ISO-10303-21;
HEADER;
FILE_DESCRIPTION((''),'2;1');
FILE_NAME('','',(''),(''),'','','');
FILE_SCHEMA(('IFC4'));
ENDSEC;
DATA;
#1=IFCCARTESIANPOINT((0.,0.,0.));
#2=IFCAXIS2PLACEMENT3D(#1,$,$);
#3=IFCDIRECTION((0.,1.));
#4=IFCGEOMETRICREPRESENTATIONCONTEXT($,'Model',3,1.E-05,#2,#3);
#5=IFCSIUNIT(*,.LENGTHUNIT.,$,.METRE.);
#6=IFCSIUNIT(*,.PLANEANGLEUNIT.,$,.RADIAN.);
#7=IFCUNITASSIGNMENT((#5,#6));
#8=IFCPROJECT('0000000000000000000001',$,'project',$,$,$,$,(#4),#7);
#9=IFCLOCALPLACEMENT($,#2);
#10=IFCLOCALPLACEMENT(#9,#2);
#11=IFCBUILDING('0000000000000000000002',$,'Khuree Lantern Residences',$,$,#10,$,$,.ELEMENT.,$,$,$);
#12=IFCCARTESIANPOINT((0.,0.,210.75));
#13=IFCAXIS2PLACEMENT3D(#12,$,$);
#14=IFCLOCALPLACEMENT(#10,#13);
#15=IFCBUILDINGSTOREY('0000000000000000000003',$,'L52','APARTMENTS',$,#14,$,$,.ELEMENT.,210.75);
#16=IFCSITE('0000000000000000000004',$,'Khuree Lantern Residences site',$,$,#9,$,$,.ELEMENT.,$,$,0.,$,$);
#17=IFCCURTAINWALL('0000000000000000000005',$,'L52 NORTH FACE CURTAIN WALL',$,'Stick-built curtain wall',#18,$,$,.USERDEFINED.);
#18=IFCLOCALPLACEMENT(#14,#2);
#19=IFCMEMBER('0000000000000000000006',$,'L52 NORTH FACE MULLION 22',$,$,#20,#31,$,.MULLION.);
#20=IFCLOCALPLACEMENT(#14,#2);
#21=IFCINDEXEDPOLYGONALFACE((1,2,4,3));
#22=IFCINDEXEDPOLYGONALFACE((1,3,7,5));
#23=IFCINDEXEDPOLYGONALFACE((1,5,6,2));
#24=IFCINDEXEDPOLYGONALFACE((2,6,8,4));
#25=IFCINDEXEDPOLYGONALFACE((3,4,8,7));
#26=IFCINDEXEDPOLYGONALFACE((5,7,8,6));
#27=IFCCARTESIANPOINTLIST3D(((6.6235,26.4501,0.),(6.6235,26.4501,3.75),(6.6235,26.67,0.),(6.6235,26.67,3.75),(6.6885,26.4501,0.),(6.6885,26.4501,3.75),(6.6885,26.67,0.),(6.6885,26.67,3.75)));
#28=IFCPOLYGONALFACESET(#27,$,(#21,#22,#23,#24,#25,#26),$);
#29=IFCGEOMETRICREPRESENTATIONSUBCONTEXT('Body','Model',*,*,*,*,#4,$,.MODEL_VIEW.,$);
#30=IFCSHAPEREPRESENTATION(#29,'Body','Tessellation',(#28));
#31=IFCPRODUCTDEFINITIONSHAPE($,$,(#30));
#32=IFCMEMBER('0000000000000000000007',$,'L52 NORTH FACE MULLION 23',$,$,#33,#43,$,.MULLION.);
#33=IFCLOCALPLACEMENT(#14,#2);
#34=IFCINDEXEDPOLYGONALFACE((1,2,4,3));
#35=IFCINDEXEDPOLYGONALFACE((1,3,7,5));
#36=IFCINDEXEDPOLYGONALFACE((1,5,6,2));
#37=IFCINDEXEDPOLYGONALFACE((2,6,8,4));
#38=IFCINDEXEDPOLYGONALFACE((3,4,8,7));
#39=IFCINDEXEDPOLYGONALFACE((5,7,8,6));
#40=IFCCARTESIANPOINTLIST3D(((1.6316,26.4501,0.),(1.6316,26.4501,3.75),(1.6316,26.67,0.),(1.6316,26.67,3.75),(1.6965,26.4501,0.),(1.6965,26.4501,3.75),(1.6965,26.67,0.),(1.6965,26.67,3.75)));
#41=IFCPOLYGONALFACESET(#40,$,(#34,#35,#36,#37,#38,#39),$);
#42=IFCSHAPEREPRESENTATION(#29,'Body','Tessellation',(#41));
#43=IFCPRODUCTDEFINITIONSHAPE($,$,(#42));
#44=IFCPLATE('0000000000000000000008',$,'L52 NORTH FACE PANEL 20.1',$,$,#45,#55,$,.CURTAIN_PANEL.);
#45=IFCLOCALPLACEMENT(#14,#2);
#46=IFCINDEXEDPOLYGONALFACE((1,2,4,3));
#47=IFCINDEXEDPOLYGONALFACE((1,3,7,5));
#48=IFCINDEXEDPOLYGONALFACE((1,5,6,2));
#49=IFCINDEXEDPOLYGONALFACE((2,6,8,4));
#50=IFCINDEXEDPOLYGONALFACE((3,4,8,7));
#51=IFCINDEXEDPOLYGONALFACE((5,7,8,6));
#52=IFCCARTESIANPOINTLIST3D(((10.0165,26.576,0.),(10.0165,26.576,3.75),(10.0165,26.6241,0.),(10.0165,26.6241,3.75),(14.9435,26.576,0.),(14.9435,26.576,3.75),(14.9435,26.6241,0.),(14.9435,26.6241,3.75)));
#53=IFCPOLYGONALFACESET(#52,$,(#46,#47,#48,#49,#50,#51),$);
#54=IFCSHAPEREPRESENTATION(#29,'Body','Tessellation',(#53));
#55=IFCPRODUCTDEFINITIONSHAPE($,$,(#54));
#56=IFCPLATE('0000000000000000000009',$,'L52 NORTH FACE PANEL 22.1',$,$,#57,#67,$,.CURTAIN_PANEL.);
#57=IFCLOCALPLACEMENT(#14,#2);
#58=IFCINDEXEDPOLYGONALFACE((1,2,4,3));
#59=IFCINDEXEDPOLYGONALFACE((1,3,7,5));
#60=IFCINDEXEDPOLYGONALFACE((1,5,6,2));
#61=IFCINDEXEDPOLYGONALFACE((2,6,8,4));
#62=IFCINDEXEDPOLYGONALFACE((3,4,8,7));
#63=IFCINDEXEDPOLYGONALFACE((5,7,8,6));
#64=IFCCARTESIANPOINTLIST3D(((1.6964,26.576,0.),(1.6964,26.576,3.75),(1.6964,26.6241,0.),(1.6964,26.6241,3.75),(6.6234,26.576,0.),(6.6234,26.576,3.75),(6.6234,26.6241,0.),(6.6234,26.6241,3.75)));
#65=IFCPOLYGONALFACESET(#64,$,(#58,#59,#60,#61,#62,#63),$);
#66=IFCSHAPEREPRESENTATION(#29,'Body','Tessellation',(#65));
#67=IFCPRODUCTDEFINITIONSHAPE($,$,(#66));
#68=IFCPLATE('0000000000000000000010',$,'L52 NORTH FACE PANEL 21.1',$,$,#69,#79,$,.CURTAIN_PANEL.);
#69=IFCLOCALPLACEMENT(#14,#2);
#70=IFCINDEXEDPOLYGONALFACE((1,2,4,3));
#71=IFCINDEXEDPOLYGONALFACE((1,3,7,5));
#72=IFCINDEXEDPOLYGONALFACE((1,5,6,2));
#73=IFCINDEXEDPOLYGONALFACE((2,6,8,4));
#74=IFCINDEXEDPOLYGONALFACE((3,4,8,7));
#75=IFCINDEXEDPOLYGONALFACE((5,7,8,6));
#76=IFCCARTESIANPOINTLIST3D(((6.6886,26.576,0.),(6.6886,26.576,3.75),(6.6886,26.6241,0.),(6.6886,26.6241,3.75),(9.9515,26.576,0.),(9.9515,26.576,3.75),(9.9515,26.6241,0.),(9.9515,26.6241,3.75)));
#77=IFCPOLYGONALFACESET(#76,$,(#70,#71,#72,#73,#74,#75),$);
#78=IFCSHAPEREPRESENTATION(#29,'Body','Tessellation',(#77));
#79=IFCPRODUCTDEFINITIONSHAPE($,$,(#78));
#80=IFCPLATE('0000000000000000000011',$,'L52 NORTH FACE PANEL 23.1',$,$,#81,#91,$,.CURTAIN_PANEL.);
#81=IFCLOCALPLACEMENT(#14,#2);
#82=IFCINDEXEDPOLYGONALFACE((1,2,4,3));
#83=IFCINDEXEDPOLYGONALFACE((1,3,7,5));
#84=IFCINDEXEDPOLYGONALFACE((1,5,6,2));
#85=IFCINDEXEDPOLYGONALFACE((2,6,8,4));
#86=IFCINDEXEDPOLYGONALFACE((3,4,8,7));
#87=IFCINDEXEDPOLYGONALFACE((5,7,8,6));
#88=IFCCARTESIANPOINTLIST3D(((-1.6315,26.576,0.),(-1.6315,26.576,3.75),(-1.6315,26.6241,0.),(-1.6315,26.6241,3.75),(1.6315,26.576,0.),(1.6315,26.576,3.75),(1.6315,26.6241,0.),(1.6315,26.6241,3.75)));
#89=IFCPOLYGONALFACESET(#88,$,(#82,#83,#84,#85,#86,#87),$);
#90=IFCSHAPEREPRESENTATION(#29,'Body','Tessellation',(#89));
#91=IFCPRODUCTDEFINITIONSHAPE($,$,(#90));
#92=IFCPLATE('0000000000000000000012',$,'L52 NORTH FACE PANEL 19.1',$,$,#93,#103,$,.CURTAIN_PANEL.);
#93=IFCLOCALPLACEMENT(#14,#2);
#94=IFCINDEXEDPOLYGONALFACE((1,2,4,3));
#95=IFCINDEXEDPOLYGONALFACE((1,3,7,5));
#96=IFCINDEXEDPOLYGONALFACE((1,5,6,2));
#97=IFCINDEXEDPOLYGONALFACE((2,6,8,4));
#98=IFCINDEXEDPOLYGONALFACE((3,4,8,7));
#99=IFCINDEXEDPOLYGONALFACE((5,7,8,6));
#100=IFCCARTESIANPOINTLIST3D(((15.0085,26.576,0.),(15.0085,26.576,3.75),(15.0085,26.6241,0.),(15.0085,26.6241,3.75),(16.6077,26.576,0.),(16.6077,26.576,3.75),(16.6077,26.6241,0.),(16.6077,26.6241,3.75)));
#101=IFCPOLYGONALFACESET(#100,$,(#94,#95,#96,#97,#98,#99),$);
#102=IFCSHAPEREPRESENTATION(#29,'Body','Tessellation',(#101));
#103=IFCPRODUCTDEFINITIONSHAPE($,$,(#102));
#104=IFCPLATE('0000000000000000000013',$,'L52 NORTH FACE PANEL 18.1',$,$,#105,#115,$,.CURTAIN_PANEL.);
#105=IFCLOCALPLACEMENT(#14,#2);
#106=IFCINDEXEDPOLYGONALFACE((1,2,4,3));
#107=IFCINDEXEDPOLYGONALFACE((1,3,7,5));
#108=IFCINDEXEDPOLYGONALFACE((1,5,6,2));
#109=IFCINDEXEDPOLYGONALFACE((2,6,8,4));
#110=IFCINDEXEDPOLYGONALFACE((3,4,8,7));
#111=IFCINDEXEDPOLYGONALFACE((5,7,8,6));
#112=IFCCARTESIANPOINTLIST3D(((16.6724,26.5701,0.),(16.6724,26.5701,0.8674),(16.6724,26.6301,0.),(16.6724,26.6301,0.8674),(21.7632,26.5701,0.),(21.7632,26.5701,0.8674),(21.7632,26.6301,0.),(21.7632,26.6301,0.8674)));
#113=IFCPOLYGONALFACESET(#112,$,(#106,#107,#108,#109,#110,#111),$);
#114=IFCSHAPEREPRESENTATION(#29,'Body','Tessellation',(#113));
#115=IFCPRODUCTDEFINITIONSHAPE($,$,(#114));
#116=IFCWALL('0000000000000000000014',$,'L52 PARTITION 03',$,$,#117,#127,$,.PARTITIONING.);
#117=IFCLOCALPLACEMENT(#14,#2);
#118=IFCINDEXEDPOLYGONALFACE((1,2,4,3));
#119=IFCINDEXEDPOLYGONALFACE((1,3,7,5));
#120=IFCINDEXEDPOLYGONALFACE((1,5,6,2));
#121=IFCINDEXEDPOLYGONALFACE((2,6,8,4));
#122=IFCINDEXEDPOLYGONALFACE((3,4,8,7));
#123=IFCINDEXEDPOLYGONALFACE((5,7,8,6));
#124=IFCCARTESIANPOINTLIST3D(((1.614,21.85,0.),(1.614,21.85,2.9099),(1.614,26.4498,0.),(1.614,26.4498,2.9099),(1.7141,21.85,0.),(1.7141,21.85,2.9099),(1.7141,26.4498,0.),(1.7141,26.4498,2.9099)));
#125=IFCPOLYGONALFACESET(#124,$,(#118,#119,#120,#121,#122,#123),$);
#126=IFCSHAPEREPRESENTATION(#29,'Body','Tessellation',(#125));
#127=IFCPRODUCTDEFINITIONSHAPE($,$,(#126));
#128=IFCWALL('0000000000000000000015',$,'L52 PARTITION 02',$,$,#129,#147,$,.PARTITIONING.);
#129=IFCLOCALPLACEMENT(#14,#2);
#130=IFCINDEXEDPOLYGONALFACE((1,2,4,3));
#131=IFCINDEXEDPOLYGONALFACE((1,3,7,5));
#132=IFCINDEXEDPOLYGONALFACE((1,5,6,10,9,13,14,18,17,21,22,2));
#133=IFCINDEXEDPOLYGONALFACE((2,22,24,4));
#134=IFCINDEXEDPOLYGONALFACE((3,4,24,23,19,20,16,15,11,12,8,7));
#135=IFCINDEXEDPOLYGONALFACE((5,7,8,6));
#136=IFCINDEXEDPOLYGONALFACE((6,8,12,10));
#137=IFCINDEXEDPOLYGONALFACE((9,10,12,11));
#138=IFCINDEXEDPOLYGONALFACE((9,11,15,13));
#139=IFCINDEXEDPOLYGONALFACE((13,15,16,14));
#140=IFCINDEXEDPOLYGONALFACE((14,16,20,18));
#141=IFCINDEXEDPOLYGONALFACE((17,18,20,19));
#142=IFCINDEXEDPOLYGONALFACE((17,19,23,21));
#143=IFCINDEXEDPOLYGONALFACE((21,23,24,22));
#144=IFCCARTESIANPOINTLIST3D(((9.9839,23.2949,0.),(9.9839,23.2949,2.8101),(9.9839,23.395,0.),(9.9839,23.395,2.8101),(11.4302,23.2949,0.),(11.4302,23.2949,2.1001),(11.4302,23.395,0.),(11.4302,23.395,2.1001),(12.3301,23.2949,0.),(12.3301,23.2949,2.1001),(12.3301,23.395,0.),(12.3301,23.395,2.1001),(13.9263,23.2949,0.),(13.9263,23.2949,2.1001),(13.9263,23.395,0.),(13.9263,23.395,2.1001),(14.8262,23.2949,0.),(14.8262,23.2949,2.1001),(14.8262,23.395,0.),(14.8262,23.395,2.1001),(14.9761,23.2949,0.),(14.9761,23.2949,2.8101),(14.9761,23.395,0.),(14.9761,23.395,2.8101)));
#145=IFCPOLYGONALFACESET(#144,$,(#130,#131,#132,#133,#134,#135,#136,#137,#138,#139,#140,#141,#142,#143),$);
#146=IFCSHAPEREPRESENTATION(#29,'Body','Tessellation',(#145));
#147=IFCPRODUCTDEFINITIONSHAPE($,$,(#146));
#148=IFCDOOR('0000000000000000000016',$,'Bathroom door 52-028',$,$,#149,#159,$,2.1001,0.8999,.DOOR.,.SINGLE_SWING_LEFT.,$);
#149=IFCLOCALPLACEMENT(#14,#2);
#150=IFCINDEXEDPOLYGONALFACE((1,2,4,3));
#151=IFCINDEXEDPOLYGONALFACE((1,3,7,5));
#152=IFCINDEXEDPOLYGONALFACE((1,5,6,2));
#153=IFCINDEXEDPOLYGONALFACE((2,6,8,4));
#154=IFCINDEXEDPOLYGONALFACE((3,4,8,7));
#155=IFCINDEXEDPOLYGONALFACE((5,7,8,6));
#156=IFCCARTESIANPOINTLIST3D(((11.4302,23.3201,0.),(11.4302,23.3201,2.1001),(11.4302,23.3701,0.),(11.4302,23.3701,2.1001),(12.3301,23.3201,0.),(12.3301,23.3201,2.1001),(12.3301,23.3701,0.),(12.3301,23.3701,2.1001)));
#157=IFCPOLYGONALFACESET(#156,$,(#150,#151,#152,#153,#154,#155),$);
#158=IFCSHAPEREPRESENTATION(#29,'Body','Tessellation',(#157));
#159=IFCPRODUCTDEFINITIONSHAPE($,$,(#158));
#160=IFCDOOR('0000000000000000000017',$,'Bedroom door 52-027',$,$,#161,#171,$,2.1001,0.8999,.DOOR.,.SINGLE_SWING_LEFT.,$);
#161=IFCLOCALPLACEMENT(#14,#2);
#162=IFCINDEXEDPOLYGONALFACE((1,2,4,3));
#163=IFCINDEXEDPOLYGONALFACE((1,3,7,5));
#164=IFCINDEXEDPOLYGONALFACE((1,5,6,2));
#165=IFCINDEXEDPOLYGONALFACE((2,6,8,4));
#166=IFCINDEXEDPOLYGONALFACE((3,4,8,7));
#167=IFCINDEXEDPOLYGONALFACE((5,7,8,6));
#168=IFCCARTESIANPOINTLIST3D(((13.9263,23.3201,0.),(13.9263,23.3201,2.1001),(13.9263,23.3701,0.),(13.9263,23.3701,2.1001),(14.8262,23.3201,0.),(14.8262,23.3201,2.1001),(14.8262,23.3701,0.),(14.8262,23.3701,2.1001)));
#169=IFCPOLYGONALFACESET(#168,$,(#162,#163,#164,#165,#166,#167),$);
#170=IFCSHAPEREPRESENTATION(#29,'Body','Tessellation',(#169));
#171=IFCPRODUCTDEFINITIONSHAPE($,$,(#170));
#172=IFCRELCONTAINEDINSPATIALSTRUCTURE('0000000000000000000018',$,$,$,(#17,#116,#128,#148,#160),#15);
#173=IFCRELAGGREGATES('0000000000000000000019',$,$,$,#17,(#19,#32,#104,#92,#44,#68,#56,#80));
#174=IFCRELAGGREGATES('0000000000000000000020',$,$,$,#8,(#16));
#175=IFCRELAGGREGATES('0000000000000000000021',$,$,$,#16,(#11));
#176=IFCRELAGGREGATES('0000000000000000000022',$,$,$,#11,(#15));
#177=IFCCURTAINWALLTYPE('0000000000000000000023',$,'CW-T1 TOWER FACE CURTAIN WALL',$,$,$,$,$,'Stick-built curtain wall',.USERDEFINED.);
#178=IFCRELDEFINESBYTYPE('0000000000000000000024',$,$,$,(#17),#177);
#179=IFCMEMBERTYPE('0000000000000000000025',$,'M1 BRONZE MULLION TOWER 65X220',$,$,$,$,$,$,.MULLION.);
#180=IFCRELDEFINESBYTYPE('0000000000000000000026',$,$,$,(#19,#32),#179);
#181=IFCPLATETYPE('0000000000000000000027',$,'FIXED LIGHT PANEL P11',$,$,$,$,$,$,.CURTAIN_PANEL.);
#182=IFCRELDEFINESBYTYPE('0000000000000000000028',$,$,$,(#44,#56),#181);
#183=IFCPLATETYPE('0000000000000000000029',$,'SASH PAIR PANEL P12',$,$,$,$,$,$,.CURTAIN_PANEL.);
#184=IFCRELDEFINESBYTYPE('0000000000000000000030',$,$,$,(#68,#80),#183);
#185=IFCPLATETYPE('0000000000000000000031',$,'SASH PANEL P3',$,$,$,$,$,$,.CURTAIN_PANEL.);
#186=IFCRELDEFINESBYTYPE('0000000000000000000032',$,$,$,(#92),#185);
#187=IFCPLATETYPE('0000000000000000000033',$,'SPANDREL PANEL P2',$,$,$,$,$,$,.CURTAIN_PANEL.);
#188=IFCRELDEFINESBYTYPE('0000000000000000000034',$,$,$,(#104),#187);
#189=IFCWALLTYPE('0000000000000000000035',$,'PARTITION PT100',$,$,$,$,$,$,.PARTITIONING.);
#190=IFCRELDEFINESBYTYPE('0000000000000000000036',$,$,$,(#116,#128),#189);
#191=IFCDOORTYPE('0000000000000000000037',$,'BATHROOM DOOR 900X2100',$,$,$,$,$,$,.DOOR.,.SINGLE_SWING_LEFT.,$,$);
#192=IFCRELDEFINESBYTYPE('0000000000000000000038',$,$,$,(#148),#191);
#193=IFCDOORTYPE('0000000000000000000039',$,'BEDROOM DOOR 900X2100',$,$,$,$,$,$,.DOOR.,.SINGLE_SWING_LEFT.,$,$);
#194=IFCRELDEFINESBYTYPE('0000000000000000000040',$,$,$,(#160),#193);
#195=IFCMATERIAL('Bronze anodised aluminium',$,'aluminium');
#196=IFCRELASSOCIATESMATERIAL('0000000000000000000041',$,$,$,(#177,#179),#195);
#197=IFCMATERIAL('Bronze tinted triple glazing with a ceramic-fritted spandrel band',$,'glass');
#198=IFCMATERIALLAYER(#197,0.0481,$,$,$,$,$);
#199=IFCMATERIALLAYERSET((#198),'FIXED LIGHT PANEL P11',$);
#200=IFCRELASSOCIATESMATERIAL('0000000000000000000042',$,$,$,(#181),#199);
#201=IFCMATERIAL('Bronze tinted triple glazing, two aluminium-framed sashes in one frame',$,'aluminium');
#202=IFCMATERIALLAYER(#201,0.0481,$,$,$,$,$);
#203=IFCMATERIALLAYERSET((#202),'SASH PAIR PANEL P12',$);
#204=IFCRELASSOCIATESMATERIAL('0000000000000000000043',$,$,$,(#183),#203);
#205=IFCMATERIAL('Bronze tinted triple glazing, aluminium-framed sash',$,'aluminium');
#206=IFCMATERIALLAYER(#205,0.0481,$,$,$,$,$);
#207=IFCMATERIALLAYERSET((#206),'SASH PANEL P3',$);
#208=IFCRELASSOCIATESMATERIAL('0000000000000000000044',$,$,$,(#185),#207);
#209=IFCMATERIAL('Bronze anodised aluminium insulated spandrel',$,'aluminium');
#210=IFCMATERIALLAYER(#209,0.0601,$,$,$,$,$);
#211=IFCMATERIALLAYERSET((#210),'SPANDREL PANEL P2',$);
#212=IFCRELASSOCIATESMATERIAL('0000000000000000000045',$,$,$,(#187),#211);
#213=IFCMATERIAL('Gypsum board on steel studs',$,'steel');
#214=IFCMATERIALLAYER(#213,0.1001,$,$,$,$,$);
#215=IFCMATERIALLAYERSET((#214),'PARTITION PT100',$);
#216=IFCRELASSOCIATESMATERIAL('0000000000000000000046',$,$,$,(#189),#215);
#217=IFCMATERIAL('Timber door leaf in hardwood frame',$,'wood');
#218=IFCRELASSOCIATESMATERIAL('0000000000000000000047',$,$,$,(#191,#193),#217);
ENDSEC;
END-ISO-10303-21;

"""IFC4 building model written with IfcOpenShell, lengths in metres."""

from ifc_helpers import new_model, si_unit, direction, frame, frame_2d, origin, origin_2d, place, context, subcontext, project, spatial, rectangle, extrude, material, layer, layer_set, material_profile, profile_set, type_object, element, fill, aggregate, save


model = new_model("IFC4")

# Units and contexts
model_context = context("Model", 3, precision=1e-05, world=origin(), true_north=direction((0.0, 1.0)))
body_context = subcontext(model_context, "Body", "Model", "MODEL_VIEW")
ifc_project = project(units=[si_unit("LENGTHUNIT", "METRE"), si_unit("PLANEANGLEUNIT", "RADIAN")], contexts=[model_context])

# Site, building, storey
site_placement = place(None, origin())
site = spatial("IfcSite", under=ifc_project, at=site_placement, Name="Khuree Lantern Residences site", CompositionType="ELEMENT", RefElevation=0.0)
building_placement = place(site_placement, origin())
building = spatial("IfcBuilding", under=site, at=building_placement, Name="Khuree Lantern Residences", CompositionType="ELEMENT")
storey_placement = place(building_placement, frame((0.0, 0.0, 210.75)))
storey = spatial("IfcBuildingStorey", under=building, at=storey_placement, Name="L52", Description="APARTMENTS", CompositionType="ELEMENT", Elevation=210.75)

# Curtain wall
ifc_material_1 = material(Name="Bronze anodised aluminium", Category="aluminium")
curtain_wall_type = type_object("IfcCurtainWallType", Name="CW-T1 TOWER FACE CURTAIN WALL", ElementType="Stick-built curtain wall", PredefinedType="USERDEFINED", material=ifc_material_1)
curtain_wall_placement = place(storey_placement, origin())
curtain_wall = element("IfcCurtainWall", 1, at=curtain_wall_placement, inside=storey, type_object=curtain_wall_type, Name="L52 NORTH FACE CURTAIN WALL", ObjectType="Stick-built curtain wall", PredefinedType="USERDEFINED")

# Members
ifc_material_profile_1 = material_profile(ifc_material_1, rectangle(XDim=0.0649, YDim=0.22, at=origin_2d()), Name="M1 65X220")
ifc_profile_set_1 = profile_set([ifc_material_profile_1], Name="Bronze anodised aluminium")
member_type_1 = type_object("IfcMemberType", Name="M1 BRONZE MULLION TOWER 65X220", PredefinedType="MULLION", material=ifc_profile_set_1)
member_1_placement = place(storey_placement, frame((6.656, 26.5601, 0.0), z_axis=(0.0, 0.0, 1.0), x_axis=(-1.0, 0.0, 0.0)))
member_1 = element("IfcMember", 2, at=member_1_placement, type_object=member_type_1, Name="L52 NORTH FACE MULLION 22", PredefinedType="MULLION", context=body_context, shape_type="SweptSolid", body=[
    extrude(rectangle(XDim=0.0649, YDim=0.22, at=origin_2d()), origin(), (0.0, 0.0, 1.0), 3.75),
])
member_2_placement = place(storey_placement, frame((1.6641, 26.5601, 0.0), z_axis=(0.0, 0.0, 1.0), x_axis=(-1.0, 0.0, 0.0)))
member_2 = element("IfcMember", 3, at=member_2_placement, type_object=member_type_1, Name="L52 NORTH FACE MULLION 23", PredefinedType="MULLION", context=body_context, shape_type="SweptSolid", body=[
    extrude(rectangle(XDim=0.0649, YDim=0.22, at=origin_2d()), origin(), (0.0, 0.0, 1.0), 3.75),
])

# Plates
ifc_material_2 = material(Name="Bronze tinted triple glazing with a ceramic-fritted spandrel band", Category="glass")
ifc_layer_1 = layer(ifc_material_2, 0.0481)
ifc_layer_set_1 = layer_set([ifc_layer_1], Name="FIXED LIGHT PANEL P11")
plate_type_1 = type_object("IfcPlateType", Name="FIXED LIGHT PANEL P11", PredefinedType="CURTAIN_PANEL", material=ifc_layer_set_1)
plate_1_placement = place(storey_placement, frame((12.48, 26.6001, 0.0), z_axis=(0.0, 0.0, 1.0), x_axis=(-1.0, 0.0, 0.0)))
plate_1 = element("IfcPlate", 4, at=plate_1_placement, type_object=plate_type_1, Name="L52 NORTH FACE PANEL 20.1", PredefinedType="CURTAIN_PANEL", context=body_context, shape_type="SweptSolid", body=[
    extrude(rectangle(XDim=4.927, YDim=0.0481, at=origin_2d()), origin(), (0.0, 0.0, 1.0), 3.75),
])
plate_2_placement = place(storey_placement, frame((4.1599, 26.6001, 0.0), z_axis=(0.0, 0.0, 1.0), x_axis=(-1.0, 0.0, 0.0)))
plate_2 = element("IfcPlate", 5, at=plate_2_placement, type_object=plate_type_1, Name="L52 NORTH FACE PANEL 22.1", PredefinedType="CURTAIN_PANEL", context=body_context, shape_type="SweptSolid", body=[
    extrude(rectangle(XDim=4.927, YDim=0.0481, at=origin_2d()), origin(), (0.0, 0.0, 1.0), 3.75),
])
ifc_material_3 = material(Name="Bronze tinted triple glazing, two aluminium-framed sashes in one frame", Category="aluminium")
ifc_layer_2 = layer(ifc_material_3, 0.0481)
ifc_layer_set_2 = layer_set([ifc_layer_2], Name="SASH PAIR PANEL P12")
plate_type_2 = type_object("IfcPlateType", Name="SASH PAIR PANEL P12", PredefinedType="CURTAIN_PANEL", material=ifc_layer_set_2)
plate_3_placement = place(storey_placement, frame((8.3201, 26.6001, 0.0), z_axis=(0.0, 0.0, 1.0), x_axis=(-1.0, 0.0, 0.0)))
plate_3 = element("IfcPlate", 6, at=plate_3_placement, type_object=plate_type_2, Name="L52 NORTH FACE PANEL 21.1", PredefinedType="CURTAIN_PANEL", context=body_context, shape_type="SweptSolid", body=[
    extrude(rectangle(XDim=3.2629, YDim=0.0481, at=origin_2d()), origin(), (0.0, 0.0, 1.0), 3.75),
])
plate_4_placement = place(storey_placement, frame((0.0, 26.6001, 0.0), z_axis=(0.0, 0.0, 1.0), x_axis=(-1.0, 0.0, 0.0)))
plate_4 = element("IfcPlate", 7, at=plate_4_placement, type_object=plate_type_2, Name="L52 NORTH FACE PANEL 23.1", PredefinedType="CURTAIN_PANEL", context=body_context, shape_type="SweptSolid", body=[
    extrude(rectangle(XDim=3.2629, YDim=0.0481, at=origin_2d()), origin(), (0.0, 0.0, 1.0), 3.75),
])
ifc_material_4 = material(Name="Bronze tinted triple glazing, aluminium-framed sash", Category="aluminium")
ifc_layer_3 = layer(ifc_material_4, 0.0481)
ifc_layer_set_3 = layer_set([ifc_layer_3], Name="SASH PANEL P3")
plate_type_3 = type_object("IfcPlateType", Name="SASH PANEL P3", PredefinedType="CURTAIN_PANEL", material=ifc_layer_set_3)
plate_5_placement = place(storey_placement, frame((15.8081, 26.6001, 0.0), z_axis=(0.0, 0.0, 1.0), x_axis=(-1.0, 0.0, 0.0)))
plate_5 = element("IfcPlate", 8, at=plate_5_placement, type_object=plate_type_3, Name="L52 NORTH FACE PANEL 19.1", PredefinedType="CURTAIN_PANEL", context=body_context, shape_type="SweptSolid", body=[
    extrude(rectangle(XDim=1.5991, YDim=0.0481, at=origin_2d()), origin(), (0.0, 0.0, 1.0), 3.75),
])
ifc_material_5 = material(Name="Bronze anodised aluminium insulated spandrel", Category="aluminium")
ifc_layer_4 = layer(ifc_material_5, 0.0601)
ifc_layer_set_4 = layer_set([ifc_layer_4], Name="SPANDREL PANEL P2")
plate_type_4 = type_object("IfcPlateType", Name="SPANDREL PANEL P2", PredefinedType="CURTAIN_PANEL", material=ifc_layer_set_4)
plate_6_placement = place(storey_placement, frame((19.2178, 26.6001, 0.0), z_axis=(0.0, 0.0, 1.0), x_axis=(-1.0, 0.0, 0.0)))
plate_6 = element("IfcPlate", 9, at=plate_6_placement, type_object=plate_type_4, Name="L52 NORTH FACE PANEL 18.1", PredefinedType="CURTAIN_PANEL", context=body_context, shape_type="SweptSolid", body=[
    extrude(rectangle(XDim=5.0908, YDim=0.0601, at=origin_2d()), origin(), (0.0, 0.0, 1.0), 0.8674),
])
aggregate(curtain_wall, [member_1, member_2, plate_6, plate_5, plate_1, plate_3, plate_2, plate_4])

# Wall
ifc_material_6 = material(Name="Gypsum board on steel studs", Category="steel")
ifc_layer_5 = layer(ifc_material_6, 0.1001)
ifc_layer_set_5 = layer_set([ifc_layer_5], Name="PARTITION PT100")
wall_type = type_object("IfcWallType", Name="PARTITION PT100", PredefinedType="PARTITIONING", material=ifc_layer_set_5)
wall_1_placement = place(storey_placement, frame((1.6641, 21.8501, 0.0), z_axis=(0.0, 0.0, 1.0), x_axis=(0.0, 1.0, 0.0)))
element("IfcWall", 10, at=wall_1_placement, inside=storey, type_object=wall_type, Name="L52 PARTITION 03", PredefinedType="PARTITIONING", context=body_context, shape_type="SweptSolid", body=[
    extrude(rectangle(XDim=4.5999, YDim=0.1001, at=frame_2d((2.2998, 0.0))), origin(), (0.0, 0.0, 1.0), 2.9099),
])

# Wall, openings, doors
wall_2_placement = place(storey_placement, frame((14.9761, 23.345, 0.0), z_axis=(0.0, 0.0, 1.0), x_axis=(-1.0, 0.0, 0.0)))
wall_2 = element("IfcWall", 11, at=wall_2_placement, inside=storey, type_object=wall_type, Name="L52 PARTITION 02", PredefinedType="PARTITIONING", context=body_context, shape_type="SweptSolid", body=[
    extrude(rectangle(XDim=4.9922, YDim=0.1001, at=frame_2d((2.4961, 0.0))), origin(), (0.0, 0.0, 1.0), 2.8101),
])
opening_1_placement = place(wall_2_placement, frame((0.1499, 0.0, 0.0)))
opening_1 = element("IfcOpeningElement", 12, at=opening_1_placement, cuts=wall_2, PredefinedType="OPENING", context=body_context, shape_type="SweptSolid", body=[
    extrude(rectangle(XDim=0.8999, YDim=2.1001, at=frame_2d((0.45, 1.05))), frame((0.0, 0.0601, 0.0), z_axis=(0.0, -1.0, 0.0), x_axis=(1.0, 0.0, 0.0)), (0.0, 0.0, 1.0), 0.1201),
])
opening_2_placement = place(wall_2_placement, frame((2.646, 0.0, 0.0)))
opening_2 = element("IfcOpeningElement", 13, at=opening_2_placement, cuts=wall_2, PredefinedType="OPENING", context=body_context, shape_type="SweptSolid", body=[
    extrude(rectangle(XDim=0.8999, YDim=2.1001, at=frame_2d((0.45, 1.05))), frame((0.0, 0.0601, 0.0), z_axis=(0.0, -1.0, 0.0), x_axis=(1.0, 0.0, 0.0)), (0.0, 0.0, 1.0), 0.1201),
])
ifc_material_7 = material(Name="Timber door leaf in hardwood frame", Category="wood")
door_type_1 = type_object("IfcDoorType", Name="BATHROOM DOOR 900X2100", OperationType="SINGLE_SWING_LEFT", PredefinedType="DOOR", material=ifc_material_7)
door_1_placement = place(opening_2_placement, origin())
door_1 = element("IfcDoor", 14, at=door_1_placement, inside=storey, type_object=door_type_1, Name="Bathroom door 52-028", OperationType="SINGLE_SWING_LEFT", OverallHeight=2.1001, OverallWidth=0.8999, PredefinedType="DOOR", context=body_context, shape_type="SweptSolid", body=[
    extrude(rectangle(XDim=0.8999, YDim=2.1001, at=frame_2d((0.45, 1.05))), frame((0.0, 0.0249, 0.0), z_axis=(0.0, -1.0, 0.0), x_axis=(1.0, 0.0, 0.0)), (0.0, 0.0, 1.0), 0.05),
])
fill(opening_2, door_1)
door_type_2 = type_object("IfcDoorType", Name="BEDROOM DOOR 900X2100", OperationType="SINGLE_SWING_LEFT", PredefinedType="DOOR", material=ifc_material_7)
door_2_placement = place(opening_1_placement, origin())
door_2 = element("IfcDoor", 15, at=door_2_placement, inside=storey, type_object=door_type_2, Name="Bedroom door 52-027", OperationType="SINGLE_SWING_LEFT", OverallHeight=2.1001, OverallWidth=0.8999, PredefinedType="DOOR", context=body_context, shape_type="SweptSolid", body=[
    extrude(rectangle(XDim=0.8999, YDim=2.1001, at=frame_2d((0.45, 1.05))), frame((0.0, 0.0249, 0.0), z_axis=(0.0, -1.0, 0.0), x_axis=(1.0, 0.0, 0.0)), (0.0, 0.0, 1.0), 0.05),
])
fill(opening_1, door_2)

save(model, "model.ifc")
